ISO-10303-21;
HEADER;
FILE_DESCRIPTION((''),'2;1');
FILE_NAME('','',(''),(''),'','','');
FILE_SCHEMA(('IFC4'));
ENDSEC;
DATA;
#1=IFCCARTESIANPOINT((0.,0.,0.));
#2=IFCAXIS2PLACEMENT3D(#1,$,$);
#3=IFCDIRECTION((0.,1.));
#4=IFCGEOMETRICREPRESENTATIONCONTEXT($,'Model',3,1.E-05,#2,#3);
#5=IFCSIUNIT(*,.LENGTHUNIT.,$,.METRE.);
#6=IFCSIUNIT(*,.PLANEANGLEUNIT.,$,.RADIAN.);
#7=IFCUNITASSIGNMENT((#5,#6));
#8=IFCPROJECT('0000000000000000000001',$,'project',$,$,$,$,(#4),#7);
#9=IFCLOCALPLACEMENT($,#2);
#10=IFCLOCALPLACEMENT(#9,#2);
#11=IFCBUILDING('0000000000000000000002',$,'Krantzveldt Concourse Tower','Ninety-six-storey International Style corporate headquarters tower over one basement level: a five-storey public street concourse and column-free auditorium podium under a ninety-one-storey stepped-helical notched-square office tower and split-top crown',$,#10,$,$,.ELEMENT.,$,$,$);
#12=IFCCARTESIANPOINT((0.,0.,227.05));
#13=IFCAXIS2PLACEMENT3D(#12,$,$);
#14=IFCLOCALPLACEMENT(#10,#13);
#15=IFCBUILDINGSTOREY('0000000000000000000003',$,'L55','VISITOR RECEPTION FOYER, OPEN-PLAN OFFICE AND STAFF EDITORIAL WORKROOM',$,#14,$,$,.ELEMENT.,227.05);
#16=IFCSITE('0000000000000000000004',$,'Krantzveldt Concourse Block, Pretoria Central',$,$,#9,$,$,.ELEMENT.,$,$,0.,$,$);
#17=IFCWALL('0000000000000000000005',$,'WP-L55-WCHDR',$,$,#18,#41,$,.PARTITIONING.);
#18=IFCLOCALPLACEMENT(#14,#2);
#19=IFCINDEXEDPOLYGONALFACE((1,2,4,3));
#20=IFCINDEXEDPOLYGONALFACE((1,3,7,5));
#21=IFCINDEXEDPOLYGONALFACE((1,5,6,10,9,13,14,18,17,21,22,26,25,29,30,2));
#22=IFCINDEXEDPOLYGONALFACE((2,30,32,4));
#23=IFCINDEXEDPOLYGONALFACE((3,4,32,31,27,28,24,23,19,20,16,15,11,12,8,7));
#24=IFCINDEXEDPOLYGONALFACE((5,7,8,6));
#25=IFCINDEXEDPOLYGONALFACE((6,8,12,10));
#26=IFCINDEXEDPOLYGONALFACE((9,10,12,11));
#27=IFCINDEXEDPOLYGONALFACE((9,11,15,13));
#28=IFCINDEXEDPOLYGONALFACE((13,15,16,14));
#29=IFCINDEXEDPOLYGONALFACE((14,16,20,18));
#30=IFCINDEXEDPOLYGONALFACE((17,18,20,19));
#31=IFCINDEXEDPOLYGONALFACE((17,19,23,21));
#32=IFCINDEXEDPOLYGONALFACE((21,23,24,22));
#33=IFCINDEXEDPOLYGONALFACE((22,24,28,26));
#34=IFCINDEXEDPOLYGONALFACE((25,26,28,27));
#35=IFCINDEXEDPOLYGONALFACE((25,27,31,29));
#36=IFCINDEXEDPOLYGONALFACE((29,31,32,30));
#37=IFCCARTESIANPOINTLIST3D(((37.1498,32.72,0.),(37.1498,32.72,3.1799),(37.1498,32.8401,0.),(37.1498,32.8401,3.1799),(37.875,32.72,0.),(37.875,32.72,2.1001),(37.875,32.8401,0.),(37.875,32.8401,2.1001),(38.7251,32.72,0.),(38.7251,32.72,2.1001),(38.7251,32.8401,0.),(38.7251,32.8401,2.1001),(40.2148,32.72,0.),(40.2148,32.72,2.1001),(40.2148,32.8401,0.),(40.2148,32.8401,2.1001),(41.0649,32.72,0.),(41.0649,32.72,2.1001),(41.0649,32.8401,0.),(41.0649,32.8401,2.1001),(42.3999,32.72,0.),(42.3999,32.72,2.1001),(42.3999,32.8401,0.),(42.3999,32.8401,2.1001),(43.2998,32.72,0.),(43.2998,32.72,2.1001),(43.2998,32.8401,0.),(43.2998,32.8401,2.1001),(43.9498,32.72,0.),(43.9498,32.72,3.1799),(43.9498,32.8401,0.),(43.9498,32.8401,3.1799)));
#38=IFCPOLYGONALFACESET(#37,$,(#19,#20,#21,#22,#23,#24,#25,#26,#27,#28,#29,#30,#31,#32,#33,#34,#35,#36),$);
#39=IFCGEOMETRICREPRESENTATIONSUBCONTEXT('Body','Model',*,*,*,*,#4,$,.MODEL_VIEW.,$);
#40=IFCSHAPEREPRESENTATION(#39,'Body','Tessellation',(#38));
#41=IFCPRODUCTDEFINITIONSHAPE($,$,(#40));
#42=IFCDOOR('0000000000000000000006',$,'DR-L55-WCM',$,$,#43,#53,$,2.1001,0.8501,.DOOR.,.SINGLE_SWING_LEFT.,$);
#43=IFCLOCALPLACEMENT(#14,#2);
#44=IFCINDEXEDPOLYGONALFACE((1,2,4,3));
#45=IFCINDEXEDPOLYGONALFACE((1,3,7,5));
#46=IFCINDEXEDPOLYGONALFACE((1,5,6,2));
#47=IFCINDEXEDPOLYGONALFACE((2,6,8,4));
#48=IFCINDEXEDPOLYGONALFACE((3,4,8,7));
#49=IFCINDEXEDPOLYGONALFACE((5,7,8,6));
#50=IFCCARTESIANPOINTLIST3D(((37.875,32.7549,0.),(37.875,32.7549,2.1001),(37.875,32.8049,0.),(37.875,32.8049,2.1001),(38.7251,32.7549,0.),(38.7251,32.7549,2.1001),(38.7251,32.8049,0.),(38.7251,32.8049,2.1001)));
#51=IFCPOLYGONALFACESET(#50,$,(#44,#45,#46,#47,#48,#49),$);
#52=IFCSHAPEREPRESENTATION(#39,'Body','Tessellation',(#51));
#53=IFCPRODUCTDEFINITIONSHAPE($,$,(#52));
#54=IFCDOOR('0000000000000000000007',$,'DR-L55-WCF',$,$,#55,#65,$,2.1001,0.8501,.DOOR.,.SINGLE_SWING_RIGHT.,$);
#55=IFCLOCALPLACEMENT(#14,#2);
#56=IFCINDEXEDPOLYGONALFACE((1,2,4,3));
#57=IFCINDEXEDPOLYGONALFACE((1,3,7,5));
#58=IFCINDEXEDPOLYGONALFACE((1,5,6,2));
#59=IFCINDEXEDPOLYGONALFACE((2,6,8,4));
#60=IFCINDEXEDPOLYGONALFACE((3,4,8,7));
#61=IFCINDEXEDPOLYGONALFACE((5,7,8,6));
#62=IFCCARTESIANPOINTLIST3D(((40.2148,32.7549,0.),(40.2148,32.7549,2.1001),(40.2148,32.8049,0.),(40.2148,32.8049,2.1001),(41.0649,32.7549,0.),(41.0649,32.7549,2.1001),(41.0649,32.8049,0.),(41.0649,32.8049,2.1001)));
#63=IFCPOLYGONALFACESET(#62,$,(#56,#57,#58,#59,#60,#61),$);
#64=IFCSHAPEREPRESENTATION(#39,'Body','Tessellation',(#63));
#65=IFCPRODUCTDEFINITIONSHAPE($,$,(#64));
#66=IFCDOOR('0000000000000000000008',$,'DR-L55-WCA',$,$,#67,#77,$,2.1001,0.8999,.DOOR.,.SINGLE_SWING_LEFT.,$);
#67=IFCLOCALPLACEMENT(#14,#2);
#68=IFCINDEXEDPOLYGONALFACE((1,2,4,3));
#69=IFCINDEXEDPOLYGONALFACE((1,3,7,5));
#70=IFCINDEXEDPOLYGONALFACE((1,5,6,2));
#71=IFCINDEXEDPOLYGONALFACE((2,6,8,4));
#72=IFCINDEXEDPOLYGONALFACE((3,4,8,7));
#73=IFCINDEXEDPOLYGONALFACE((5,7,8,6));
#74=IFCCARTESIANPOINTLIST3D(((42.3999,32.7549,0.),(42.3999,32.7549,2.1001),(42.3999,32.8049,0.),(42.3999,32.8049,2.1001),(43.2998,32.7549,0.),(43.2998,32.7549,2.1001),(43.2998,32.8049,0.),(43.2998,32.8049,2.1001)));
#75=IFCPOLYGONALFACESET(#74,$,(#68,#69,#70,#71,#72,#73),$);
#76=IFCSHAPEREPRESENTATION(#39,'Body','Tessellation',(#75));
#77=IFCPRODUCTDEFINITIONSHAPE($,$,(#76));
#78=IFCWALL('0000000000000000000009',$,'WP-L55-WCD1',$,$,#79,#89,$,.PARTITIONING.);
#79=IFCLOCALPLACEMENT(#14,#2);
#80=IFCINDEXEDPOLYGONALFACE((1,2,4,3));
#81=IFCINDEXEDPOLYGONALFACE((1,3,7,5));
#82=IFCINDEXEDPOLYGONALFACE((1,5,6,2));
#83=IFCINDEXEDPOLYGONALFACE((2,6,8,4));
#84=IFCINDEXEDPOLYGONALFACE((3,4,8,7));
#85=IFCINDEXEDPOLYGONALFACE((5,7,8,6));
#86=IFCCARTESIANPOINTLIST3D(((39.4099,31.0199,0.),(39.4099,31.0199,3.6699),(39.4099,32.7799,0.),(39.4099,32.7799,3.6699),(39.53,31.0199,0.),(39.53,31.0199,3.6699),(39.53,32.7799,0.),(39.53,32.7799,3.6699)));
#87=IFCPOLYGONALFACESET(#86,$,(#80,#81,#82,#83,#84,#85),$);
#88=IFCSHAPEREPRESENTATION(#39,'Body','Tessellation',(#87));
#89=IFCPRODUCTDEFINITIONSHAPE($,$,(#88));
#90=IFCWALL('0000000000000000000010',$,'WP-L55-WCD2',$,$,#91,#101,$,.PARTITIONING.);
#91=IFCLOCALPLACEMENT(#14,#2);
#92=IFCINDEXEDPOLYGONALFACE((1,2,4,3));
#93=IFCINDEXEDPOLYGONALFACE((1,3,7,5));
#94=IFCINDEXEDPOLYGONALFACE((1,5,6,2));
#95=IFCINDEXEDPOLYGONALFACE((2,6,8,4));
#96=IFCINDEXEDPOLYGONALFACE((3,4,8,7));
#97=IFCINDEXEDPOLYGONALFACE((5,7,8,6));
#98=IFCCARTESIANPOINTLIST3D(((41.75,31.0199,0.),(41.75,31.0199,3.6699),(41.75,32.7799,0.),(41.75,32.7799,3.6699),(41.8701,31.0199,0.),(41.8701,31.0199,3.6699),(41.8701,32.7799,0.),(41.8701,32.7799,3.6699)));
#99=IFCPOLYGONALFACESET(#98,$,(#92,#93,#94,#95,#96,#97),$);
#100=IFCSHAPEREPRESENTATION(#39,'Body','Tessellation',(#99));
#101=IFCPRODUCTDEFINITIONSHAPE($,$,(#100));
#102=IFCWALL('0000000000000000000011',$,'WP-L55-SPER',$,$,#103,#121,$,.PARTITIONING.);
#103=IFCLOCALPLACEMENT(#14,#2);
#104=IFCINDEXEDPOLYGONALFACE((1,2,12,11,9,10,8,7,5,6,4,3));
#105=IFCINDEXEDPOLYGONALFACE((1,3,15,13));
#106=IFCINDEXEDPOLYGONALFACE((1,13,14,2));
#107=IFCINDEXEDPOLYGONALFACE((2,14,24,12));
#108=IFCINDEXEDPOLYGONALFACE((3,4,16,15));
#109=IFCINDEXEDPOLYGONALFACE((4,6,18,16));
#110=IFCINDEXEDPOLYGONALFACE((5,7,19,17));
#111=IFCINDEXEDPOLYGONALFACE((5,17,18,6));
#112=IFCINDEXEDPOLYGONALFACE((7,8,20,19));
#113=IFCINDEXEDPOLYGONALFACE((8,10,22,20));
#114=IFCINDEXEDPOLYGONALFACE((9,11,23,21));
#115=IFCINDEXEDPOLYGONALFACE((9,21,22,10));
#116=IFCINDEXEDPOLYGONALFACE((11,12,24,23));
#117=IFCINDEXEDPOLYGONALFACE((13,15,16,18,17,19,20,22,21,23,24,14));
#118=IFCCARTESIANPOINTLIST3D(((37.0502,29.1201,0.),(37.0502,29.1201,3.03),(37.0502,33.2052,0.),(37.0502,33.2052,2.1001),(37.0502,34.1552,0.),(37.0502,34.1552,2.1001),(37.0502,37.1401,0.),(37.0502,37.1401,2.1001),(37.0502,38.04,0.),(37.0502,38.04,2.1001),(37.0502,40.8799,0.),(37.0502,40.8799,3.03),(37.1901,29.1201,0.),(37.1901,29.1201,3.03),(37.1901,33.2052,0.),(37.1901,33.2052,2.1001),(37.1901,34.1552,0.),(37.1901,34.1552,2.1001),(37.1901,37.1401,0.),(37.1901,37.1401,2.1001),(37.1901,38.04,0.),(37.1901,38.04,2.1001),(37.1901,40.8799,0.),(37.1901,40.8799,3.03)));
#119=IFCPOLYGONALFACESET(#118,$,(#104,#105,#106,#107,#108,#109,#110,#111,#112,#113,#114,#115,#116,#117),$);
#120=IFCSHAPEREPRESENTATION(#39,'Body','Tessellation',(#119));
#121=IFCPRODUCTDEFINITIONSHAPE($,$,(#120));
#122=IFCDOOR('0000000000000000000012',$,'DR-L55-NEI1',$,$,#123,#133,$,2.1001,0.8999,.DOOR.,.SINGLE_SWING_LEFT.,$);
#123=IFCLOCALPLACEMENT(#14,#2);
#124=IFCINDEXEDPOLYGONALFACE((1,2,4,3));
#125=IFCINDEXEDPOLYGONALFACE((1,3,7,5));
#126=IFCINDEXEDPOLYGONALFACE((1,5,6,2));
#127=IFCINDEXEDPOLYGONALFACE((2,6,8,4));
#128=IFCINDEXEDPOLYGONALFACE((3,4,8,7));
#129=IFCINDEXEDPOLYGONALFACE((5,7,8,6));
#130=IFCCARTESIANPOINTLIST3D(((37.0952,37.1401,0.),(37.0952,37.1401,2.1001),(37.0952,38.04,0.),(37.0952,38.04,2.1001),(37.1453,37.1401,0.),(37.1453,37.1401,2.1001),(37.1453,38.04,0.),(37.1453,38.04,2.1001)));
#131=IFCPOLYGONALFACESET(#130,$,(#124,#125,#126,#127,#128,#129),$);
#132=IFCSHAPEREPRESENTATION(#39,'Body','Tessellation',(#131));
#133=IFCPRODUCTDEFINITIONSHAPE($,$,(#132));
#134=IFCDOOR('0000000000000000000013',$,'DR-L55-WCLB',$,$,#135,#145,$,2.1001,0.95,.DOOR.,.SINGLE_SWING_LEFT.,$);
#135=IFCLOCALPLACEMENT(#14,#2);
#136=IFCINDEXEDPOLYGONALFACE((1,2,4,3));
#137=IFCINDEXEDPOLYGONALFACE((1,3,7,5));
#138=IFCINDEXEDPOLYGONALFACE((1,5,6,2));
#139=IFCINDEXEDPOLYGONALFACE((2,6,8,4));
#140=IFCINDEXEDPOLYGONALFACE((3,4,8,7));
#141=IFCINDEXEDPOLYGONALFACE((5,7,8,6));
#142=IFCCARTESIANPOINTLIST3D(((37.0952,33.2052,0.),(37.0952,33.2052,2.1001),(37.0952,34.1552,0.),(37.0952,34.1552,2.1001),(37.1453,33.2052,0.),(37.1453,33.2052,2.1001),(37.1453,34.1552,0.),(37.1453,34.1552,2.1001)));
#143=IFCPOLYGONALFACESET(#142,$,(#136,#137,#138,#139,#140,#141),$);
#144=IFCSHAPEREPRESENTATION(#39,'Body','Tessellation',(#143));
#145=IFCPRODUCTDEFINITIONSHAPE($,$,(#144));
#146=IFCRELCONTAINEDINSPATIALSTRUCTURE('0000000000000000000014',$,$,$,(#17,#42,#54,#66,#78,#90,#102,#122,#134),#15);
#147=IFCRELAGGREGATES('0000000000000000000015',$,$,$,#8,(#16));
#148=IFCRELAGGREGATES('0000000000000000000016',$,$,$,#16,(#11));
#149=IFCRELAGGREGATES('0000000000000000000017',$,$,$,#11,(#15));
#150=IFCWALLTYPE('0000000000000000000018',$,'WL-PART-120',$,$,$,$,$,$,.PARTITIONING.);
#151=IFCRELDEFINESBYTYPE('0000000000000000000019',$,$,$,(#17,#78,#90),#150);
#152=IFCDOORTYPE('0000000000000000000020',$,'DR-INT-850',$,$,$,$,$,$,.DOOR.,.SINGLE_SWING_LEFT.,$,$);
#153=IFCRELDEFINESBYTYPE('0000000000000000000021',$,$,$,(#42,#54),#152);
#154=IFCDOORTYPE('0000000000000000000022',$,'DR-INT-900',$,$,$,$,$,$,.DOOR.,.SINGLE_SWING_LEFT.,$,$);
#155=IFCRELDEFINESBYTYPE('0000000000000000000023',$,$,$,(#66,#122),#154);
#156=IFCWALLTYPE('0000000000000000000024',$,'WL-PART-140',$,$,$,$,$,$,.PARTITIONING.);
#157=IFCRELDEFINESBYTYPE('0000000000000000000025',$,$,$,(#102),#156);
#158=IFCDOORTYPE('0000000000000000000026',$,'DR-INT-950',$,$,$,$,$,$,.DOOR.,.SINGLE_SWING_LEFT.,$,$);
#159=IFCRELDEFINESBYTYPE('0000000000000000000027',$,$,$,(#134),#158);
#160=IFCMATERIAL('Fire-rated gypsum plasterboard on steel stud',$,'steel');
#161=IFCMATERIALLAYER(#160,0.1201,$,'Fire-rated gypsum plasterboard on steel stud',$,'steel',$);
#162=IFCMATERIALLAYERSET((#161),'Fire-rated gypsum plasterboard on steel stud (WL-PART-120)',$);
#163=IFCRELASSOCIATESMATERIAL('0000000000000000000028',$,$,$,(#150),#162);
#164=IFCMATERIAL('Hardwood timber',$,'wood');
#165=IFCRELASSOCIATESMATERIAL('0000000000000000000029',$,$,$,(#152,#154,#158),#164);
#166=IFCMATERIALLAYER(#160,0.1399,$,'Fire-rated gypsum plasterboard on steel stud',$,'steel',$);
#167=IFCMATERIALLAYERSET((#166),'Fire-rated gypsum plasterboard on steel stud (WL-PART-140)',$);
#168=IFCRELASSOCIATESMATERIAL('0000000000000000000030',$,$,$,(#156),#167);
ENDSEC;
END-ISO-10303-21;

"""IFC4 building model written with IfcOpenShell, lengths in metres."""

from ifc_helpers import new_model, si_unit, direction, frame, frame_2d, origin, place, context, subcontext, project, spatial, rectangle, extrude, material, layer, layer_set, type_object, element, fill, save


model = new_model("IFC4")

# Units and contexts
model_context = context("Model", 3, precision=1e-05, world=origin(), true_north=direction((0.0, 1.0)))
body_context = subcontext(model_context, "Body", "Model", "MODEL_VIEW")
ifc_project = project(units=[si_unit("LENGTHUNIT", "METRE"), si_unit("PLANEANGLEUNIT", "RADIAN")], contexts=[model_context])

# Site, building, storey
site_placement = place(None, origin())
site = spatial("IfcSite", under=ifc_project, at=site_placement, Name="Krantzveldt Concourse Block, Pretoria Central", CompositionType="ELEMENT", RefElevation=0.0)
building_placement = place(site_placement, origin())
building = spatial("IfcBuilding", under=site, at=building_placement, Name="Krantzveldt Concourse Tower", Description="Ninety-six-storey International Style corporate headquarters tower over one basement level: a five-storey public street concourse and column-free auditorium podium under a ninety-one-storey stepped-helical notched-square office tower and split-top crown", CompositionType="ELEMENT")
storey_placement = place(building_placement, frame((0.0, 0.0, 227.05)))
storey = spatial("IfcBuildingStorey", under=building, at=storey_placement, Name="L55", Description="VISITOR RECEPTION FOYER, OPEN-PLAN OFFICE AND STAFF EDITORIAL WORKROOM", CompositionType="ELEMENT", Elevation=227.05)

# Shared definitions
ifc_material_1 = material(Name="Fire-rated gypsum plasterboard on steel stud", Category="steel")
ifc_layer_1 = layer(ifc_material_1, 0.1201, Name="Fire-rated gypsum plasterboard on steel stud", Category="steel")
ifc_layer_set_1 = layer_set([ifc_layer_1], Name="Fire-rated gypsum plasterboard on steel stud (WL-PART-120)")
wall_type_1 = type_object("IfcWallType", Name="WL-PART-120", PredefinedType="PARTITIONING", material=ifc_layer_set_1)

# Wall, openings, doors
wall_1_placement = place(storey_placement, frame((37.1499, 32.78, 0.0), z_axis=(0.0, 0.0, 1.0), x_axis=(1.0, 0.0, 0.0)))
wall_1 = element("IfcWall", 1, at=wall_1_placement, inside=storey, type_object=wall_type_1, Name="WP-L55-WCHDR", PredefinedType="PARTITIONING", context=body_context, shape_type="SweptSolid", body=[
    extrude(rectangle(XDim=6.8, YDim=0.1201, at=frame_2d((3.3999, 0.0))), origin(), (0.0, 0.0, 1.0), 3.1799),
])
opening_1_placement = place(wall_1_placement, frame((0.7251, 0.0, 0.0)))
opening_1 = element("IfcOpeningElement", 2, at=opening_1_placement, cuts=wall_1, PredefinedType="OPENING", context=body_context, shape_type="SweptSolid", body=[
    extrude(rectangle(XDim=0.8501, YDim=2.1001, at=frame_2d((0.425, 1.05))), frame((0.0, 0.0701, 0.0), z_axis=(0.0, -1.0, 0.0), x_axis=(1.0, 0.0, 0.0)), (0.0, 0.0, 1.0), 0.1401),
])
opening_2_placement = place(wall_1_placement, frame((3.0649, 0.0, 0.0)))
opening_2 = element("IfcOpeningElement", 3, at=opening_2_placement, cuts=wall_1, PredefinedType="OPENING", context=body_context, shape_type="SweptSolid", body=[
    extrude(rectangle(XDim=0.8501, YDim=2.1001, at=frame_2d((0.425, 1.05))), frame((0.0, 0.0701, 0.0), z_axis=(0.0, -1.0, 0.0), x_axis=(1.0, 0.0, 0.0)), (0.0, 0.0, 1.0), 0.1401),
])
opening_3_placement = place(wall_1_placement, frame((5.25, 0.0, 0.0)))
opening_3 = element("IfcOpeningElement", 4, at=opening_3_placement, cuts=wall_1, PredefinedType="OPENING", context=body_context, shape_type="SweptSolid", body=[
    extrude(rectangle(XDim=0.8999, YDim=2.1001, at=frame_2d((0.45, 1.05))), frame((0.0, 0.0701, 0.0), z_axis=(0.0, -1.0, 0.0), x_axis=(1.0, 0.0, 0.0)), (0.0, 0.0, 1.0), 0.1401),
])
ifc_material_2 = material(Name="Hardwood timber", Category="wood")
door_type_1 = type_object("IfcDoorType", Name="DR-INT-850", OperationType="SINGLE_SWING_LEFT", PredefinedType="DOOR", material=ifc_material_2)
door_1_placement = place(opening_1_placement, origin())
door_1 = element("IfcDoor", 5, at=door_1_placement, inside=storey, type_object=door_type_1, Name="DR-L55-WCM", OperationType="SINGLE_SWING_LEFT", OverallHeight=2.1001, OverallWidth=0.8501, PredefinedType="DOOR", context=body_context, shape_type="SweptSolid", body=[
    extrude(rectangle(XDim=0.8501, YDim=2.1001, at=frame_2d((0.425, 1.05))), frame((0.0, 0.0249, 0.0), z_axis=(0.0, -1.0, 0.0), x_axis=(1.0, 0.0, 0.0)), (0.0, 0.0, 1.0), 0.05),
])
fill(opening_1, door_1)
door_2_placement = place(opening_2_placement, origin())
door_2 = element("IfcDoor", 6, at=door_2_placement, inside=storey, type_object=door_type_1, Name="DR-L55-WCF", OperationType="SINGLE_SWING_RIGHT", OverallHeight=2.1001, OverallWidth=0.8501, PredefinedType="DOOR", context=body_context, shape_type="SweptSolid", body=[
    extrude(rectangle(XDim=0.8501, YDim=2.1001, at=frame_2d((0.425, 1.05))), frame((0.0, 0.0249, 0.0), z_axis=(0.0, -1.0, 0.0), x_axis=(1.0, 0.0, 0.0)), (0.0, 0.0, 1.0), 0.05),
])
fill(opening_2, door_2)
door_type_2 = type_object("IfcDoorType", Name="DR-INT-900", OperationType="SINGLE_SWING_LEFT", PredefinedType="DOOR", material=ifc_material_2)
door_3_placement = place(opening_3_placement, origin())
door_3 = element("IfcDoor", 7, at=door_3_placement, inside=storey, type_object=door_type_2, Name="DR-L55-WCA", OperationType="SINGLE_SWING_LEFT", OverallHeight=2.1001, OverallWidth=0.8999, PredefinedType="DOOR", context=body_context, shape_type="SweptSolid", body=[
    extrude(rectangle(XDim=0.8999, YDim=2.1001, at=frame_2d((0.45, 1.05))), frame((0.0, 0.0249, 0.0), z_axis=(0.0, -1.0, 0.0), x_axis=(1.0, 0.0, 0.0)), (0.0, 0.0, 1.0), 0.05),
])
fill(opening_3, door_3)

# Walls
for number, where, z_axis, x_axis, name in (
    (8, (39.47, 31.02, 0.0), (0.0, 0.0, 1.0), (0.0, 1.0, 0.0), "WP-L55-WCD1"),
    (9, (41.8101, 31.02, 0.0), (0.0, 0.0, 1.0), (0.0, 1.0, 0.0), "WP-L55-WCD2"),
):
    element("IfcWall", number, at=place(storey_placement, frame(where, z_axis=z_axis, x_axis=x_axis)), inside=storey, type_object=wall_type_1, Name=name, PredefinedType="PARTITIONING", context=body_context, shape_type="SweptSolid", body=[
        extrude(rectangle(XDim=1.76, YDim=0.1201, at=frame_2d((0.8799, 0.0))), origin(), (0.0, 0.0, 1.0), 3.6699),
    ])

# Wall, openings, doors
ifc_layer_2 = layer(ifc_material_1, 0.1399, Name="Fire-rated gypsum plasterboard on steel stud", Category="steel")
ifc_layer_set_2 = layer_set([ifc_layer_2], Name="Fire-rated gypsum plasterboard on steel stud (WL-PART-140)")
wall_type_2 = type_object("IfcWallType", Name="WL-PART-140", PredefinedType="PARTITIONING", material=ifc_layer_set_2)
wall_2_placement = place(storey_placement, frame((37.1201, 29.1201, 0.0), z_axis=(0.0, 0.0, 1.0), x_axis=(0.0, 1.0, 0.0)))
wall_2 = element("IfcWall", 10, at=wall_2_placement, inside=storey, type_object=wall_type_2, Name="WP-L55-SPER", PredefinedType="PARTITIONING", context=body_context, shape_type="SweptSolid", body=[
    extrude(rectangle(XDim=11.7598, YDim=0.1399, at=frame_2d((5.8799, 0.0))), origin(), (0.0, 0.0, 1.0), 3.03),
])
opening_4_placement = place(wall_2_placement, frame((4.085, 0.0, 0.0)))
opening_4 = element("IfcOpeningElement", 11, at=opening_4_placement, cuts=wall_2, PredefinedType="OPENING", context=body_context, shape_type="SweptSolid", body=[
    extrude(rectangle(XDim=0.95, YDim=2.1001, at=frame_2d((0.4751, 1.05))), frame((0.0, 0.0801, 0.0), z_axis=(0.0, -1.0, 0.0), x_axis=(1.0, 0.0, 0.0)), (0.0, 0.0, 1.0), 0.1599),
])
opening_5_placement = place(wall_2_placement, frame((8.02, 0.0, 0.0)))
opening_5 = element("IfcOpeningElement", 12, at=opening_5_placement, cuts=wall_2, PredefinedType="OPENING", context=body_context, shape_type="SweptSolid", body=[
    extrude(rectangle(XDim=0.8999, YDim=2.1001, at=frame_2d((0.45, 1.05))), frame((0.0, 0.0801, 0.0), z_axis=(0.0, -1.0, 0.0), x_axis=(1.0, 0.0, 0.0)), (0.0, 0.0, 1.0), 0.1599),
])
door_4_placement = place(opening_5_placement, origin())
door_4 = element("IfcDoor", 13, at=door_4_placement, inside=storey, type_object=door_type_2, Name="DR-L55-NEI1", OperationType="SINGLE_SWING_LEFT", OverallHeight=2.1001, OverallWidth=0.8999, PredefinedType="DOOR", context=body_context, shape_type="SweptSolid", body=[
    extrude(rectangle(XDim=0.8999, YDim=2.1001, at=frame_2d((0.45, 1.05))), frame((0.0, 0.0249, 0.0), z_axis=(0.0, -1.0, 0.0), x_axis=(1.0, 0.0, 0.0)), (0.0, 0.0, 1.0), 0.05),
])
fill(opening_5, door_4)
door_type_3 = type_object("IfcDoorType", Name="DR-INT-950", OperationType="SINGLE_SWING_LEFT", PredefinedType="DOOR", material=ifc_material_2)
door_5_placement = place(opening_4_placement, origin())
door_5 = element("IfcDoor", 14, at=door_5_placement, inside=storey, type_object=door_type_3, Name="DR-L55-WCLB", OperationType="SINGLE_SWING_LEFT", OverallHeight=2.1001, OverallWidth=0.95, PredefinedType="DOOR", context=body_context, shape_type="SweptSolid", body=[
    extrude(rectangle(XDim=0.95, YDim=2.1001, at=frame_2d((0.4751, 1.05))), frame((0.0, 0.0249, 0.0), z_axis=(0.0, -1.0, 0.0), x_axis=(1.0, 0.0, 0.0)), (0.0, 0.0, 1.0), 0.05),
])
fill(opening_4, door_5)

save(model, "model.ifc")
